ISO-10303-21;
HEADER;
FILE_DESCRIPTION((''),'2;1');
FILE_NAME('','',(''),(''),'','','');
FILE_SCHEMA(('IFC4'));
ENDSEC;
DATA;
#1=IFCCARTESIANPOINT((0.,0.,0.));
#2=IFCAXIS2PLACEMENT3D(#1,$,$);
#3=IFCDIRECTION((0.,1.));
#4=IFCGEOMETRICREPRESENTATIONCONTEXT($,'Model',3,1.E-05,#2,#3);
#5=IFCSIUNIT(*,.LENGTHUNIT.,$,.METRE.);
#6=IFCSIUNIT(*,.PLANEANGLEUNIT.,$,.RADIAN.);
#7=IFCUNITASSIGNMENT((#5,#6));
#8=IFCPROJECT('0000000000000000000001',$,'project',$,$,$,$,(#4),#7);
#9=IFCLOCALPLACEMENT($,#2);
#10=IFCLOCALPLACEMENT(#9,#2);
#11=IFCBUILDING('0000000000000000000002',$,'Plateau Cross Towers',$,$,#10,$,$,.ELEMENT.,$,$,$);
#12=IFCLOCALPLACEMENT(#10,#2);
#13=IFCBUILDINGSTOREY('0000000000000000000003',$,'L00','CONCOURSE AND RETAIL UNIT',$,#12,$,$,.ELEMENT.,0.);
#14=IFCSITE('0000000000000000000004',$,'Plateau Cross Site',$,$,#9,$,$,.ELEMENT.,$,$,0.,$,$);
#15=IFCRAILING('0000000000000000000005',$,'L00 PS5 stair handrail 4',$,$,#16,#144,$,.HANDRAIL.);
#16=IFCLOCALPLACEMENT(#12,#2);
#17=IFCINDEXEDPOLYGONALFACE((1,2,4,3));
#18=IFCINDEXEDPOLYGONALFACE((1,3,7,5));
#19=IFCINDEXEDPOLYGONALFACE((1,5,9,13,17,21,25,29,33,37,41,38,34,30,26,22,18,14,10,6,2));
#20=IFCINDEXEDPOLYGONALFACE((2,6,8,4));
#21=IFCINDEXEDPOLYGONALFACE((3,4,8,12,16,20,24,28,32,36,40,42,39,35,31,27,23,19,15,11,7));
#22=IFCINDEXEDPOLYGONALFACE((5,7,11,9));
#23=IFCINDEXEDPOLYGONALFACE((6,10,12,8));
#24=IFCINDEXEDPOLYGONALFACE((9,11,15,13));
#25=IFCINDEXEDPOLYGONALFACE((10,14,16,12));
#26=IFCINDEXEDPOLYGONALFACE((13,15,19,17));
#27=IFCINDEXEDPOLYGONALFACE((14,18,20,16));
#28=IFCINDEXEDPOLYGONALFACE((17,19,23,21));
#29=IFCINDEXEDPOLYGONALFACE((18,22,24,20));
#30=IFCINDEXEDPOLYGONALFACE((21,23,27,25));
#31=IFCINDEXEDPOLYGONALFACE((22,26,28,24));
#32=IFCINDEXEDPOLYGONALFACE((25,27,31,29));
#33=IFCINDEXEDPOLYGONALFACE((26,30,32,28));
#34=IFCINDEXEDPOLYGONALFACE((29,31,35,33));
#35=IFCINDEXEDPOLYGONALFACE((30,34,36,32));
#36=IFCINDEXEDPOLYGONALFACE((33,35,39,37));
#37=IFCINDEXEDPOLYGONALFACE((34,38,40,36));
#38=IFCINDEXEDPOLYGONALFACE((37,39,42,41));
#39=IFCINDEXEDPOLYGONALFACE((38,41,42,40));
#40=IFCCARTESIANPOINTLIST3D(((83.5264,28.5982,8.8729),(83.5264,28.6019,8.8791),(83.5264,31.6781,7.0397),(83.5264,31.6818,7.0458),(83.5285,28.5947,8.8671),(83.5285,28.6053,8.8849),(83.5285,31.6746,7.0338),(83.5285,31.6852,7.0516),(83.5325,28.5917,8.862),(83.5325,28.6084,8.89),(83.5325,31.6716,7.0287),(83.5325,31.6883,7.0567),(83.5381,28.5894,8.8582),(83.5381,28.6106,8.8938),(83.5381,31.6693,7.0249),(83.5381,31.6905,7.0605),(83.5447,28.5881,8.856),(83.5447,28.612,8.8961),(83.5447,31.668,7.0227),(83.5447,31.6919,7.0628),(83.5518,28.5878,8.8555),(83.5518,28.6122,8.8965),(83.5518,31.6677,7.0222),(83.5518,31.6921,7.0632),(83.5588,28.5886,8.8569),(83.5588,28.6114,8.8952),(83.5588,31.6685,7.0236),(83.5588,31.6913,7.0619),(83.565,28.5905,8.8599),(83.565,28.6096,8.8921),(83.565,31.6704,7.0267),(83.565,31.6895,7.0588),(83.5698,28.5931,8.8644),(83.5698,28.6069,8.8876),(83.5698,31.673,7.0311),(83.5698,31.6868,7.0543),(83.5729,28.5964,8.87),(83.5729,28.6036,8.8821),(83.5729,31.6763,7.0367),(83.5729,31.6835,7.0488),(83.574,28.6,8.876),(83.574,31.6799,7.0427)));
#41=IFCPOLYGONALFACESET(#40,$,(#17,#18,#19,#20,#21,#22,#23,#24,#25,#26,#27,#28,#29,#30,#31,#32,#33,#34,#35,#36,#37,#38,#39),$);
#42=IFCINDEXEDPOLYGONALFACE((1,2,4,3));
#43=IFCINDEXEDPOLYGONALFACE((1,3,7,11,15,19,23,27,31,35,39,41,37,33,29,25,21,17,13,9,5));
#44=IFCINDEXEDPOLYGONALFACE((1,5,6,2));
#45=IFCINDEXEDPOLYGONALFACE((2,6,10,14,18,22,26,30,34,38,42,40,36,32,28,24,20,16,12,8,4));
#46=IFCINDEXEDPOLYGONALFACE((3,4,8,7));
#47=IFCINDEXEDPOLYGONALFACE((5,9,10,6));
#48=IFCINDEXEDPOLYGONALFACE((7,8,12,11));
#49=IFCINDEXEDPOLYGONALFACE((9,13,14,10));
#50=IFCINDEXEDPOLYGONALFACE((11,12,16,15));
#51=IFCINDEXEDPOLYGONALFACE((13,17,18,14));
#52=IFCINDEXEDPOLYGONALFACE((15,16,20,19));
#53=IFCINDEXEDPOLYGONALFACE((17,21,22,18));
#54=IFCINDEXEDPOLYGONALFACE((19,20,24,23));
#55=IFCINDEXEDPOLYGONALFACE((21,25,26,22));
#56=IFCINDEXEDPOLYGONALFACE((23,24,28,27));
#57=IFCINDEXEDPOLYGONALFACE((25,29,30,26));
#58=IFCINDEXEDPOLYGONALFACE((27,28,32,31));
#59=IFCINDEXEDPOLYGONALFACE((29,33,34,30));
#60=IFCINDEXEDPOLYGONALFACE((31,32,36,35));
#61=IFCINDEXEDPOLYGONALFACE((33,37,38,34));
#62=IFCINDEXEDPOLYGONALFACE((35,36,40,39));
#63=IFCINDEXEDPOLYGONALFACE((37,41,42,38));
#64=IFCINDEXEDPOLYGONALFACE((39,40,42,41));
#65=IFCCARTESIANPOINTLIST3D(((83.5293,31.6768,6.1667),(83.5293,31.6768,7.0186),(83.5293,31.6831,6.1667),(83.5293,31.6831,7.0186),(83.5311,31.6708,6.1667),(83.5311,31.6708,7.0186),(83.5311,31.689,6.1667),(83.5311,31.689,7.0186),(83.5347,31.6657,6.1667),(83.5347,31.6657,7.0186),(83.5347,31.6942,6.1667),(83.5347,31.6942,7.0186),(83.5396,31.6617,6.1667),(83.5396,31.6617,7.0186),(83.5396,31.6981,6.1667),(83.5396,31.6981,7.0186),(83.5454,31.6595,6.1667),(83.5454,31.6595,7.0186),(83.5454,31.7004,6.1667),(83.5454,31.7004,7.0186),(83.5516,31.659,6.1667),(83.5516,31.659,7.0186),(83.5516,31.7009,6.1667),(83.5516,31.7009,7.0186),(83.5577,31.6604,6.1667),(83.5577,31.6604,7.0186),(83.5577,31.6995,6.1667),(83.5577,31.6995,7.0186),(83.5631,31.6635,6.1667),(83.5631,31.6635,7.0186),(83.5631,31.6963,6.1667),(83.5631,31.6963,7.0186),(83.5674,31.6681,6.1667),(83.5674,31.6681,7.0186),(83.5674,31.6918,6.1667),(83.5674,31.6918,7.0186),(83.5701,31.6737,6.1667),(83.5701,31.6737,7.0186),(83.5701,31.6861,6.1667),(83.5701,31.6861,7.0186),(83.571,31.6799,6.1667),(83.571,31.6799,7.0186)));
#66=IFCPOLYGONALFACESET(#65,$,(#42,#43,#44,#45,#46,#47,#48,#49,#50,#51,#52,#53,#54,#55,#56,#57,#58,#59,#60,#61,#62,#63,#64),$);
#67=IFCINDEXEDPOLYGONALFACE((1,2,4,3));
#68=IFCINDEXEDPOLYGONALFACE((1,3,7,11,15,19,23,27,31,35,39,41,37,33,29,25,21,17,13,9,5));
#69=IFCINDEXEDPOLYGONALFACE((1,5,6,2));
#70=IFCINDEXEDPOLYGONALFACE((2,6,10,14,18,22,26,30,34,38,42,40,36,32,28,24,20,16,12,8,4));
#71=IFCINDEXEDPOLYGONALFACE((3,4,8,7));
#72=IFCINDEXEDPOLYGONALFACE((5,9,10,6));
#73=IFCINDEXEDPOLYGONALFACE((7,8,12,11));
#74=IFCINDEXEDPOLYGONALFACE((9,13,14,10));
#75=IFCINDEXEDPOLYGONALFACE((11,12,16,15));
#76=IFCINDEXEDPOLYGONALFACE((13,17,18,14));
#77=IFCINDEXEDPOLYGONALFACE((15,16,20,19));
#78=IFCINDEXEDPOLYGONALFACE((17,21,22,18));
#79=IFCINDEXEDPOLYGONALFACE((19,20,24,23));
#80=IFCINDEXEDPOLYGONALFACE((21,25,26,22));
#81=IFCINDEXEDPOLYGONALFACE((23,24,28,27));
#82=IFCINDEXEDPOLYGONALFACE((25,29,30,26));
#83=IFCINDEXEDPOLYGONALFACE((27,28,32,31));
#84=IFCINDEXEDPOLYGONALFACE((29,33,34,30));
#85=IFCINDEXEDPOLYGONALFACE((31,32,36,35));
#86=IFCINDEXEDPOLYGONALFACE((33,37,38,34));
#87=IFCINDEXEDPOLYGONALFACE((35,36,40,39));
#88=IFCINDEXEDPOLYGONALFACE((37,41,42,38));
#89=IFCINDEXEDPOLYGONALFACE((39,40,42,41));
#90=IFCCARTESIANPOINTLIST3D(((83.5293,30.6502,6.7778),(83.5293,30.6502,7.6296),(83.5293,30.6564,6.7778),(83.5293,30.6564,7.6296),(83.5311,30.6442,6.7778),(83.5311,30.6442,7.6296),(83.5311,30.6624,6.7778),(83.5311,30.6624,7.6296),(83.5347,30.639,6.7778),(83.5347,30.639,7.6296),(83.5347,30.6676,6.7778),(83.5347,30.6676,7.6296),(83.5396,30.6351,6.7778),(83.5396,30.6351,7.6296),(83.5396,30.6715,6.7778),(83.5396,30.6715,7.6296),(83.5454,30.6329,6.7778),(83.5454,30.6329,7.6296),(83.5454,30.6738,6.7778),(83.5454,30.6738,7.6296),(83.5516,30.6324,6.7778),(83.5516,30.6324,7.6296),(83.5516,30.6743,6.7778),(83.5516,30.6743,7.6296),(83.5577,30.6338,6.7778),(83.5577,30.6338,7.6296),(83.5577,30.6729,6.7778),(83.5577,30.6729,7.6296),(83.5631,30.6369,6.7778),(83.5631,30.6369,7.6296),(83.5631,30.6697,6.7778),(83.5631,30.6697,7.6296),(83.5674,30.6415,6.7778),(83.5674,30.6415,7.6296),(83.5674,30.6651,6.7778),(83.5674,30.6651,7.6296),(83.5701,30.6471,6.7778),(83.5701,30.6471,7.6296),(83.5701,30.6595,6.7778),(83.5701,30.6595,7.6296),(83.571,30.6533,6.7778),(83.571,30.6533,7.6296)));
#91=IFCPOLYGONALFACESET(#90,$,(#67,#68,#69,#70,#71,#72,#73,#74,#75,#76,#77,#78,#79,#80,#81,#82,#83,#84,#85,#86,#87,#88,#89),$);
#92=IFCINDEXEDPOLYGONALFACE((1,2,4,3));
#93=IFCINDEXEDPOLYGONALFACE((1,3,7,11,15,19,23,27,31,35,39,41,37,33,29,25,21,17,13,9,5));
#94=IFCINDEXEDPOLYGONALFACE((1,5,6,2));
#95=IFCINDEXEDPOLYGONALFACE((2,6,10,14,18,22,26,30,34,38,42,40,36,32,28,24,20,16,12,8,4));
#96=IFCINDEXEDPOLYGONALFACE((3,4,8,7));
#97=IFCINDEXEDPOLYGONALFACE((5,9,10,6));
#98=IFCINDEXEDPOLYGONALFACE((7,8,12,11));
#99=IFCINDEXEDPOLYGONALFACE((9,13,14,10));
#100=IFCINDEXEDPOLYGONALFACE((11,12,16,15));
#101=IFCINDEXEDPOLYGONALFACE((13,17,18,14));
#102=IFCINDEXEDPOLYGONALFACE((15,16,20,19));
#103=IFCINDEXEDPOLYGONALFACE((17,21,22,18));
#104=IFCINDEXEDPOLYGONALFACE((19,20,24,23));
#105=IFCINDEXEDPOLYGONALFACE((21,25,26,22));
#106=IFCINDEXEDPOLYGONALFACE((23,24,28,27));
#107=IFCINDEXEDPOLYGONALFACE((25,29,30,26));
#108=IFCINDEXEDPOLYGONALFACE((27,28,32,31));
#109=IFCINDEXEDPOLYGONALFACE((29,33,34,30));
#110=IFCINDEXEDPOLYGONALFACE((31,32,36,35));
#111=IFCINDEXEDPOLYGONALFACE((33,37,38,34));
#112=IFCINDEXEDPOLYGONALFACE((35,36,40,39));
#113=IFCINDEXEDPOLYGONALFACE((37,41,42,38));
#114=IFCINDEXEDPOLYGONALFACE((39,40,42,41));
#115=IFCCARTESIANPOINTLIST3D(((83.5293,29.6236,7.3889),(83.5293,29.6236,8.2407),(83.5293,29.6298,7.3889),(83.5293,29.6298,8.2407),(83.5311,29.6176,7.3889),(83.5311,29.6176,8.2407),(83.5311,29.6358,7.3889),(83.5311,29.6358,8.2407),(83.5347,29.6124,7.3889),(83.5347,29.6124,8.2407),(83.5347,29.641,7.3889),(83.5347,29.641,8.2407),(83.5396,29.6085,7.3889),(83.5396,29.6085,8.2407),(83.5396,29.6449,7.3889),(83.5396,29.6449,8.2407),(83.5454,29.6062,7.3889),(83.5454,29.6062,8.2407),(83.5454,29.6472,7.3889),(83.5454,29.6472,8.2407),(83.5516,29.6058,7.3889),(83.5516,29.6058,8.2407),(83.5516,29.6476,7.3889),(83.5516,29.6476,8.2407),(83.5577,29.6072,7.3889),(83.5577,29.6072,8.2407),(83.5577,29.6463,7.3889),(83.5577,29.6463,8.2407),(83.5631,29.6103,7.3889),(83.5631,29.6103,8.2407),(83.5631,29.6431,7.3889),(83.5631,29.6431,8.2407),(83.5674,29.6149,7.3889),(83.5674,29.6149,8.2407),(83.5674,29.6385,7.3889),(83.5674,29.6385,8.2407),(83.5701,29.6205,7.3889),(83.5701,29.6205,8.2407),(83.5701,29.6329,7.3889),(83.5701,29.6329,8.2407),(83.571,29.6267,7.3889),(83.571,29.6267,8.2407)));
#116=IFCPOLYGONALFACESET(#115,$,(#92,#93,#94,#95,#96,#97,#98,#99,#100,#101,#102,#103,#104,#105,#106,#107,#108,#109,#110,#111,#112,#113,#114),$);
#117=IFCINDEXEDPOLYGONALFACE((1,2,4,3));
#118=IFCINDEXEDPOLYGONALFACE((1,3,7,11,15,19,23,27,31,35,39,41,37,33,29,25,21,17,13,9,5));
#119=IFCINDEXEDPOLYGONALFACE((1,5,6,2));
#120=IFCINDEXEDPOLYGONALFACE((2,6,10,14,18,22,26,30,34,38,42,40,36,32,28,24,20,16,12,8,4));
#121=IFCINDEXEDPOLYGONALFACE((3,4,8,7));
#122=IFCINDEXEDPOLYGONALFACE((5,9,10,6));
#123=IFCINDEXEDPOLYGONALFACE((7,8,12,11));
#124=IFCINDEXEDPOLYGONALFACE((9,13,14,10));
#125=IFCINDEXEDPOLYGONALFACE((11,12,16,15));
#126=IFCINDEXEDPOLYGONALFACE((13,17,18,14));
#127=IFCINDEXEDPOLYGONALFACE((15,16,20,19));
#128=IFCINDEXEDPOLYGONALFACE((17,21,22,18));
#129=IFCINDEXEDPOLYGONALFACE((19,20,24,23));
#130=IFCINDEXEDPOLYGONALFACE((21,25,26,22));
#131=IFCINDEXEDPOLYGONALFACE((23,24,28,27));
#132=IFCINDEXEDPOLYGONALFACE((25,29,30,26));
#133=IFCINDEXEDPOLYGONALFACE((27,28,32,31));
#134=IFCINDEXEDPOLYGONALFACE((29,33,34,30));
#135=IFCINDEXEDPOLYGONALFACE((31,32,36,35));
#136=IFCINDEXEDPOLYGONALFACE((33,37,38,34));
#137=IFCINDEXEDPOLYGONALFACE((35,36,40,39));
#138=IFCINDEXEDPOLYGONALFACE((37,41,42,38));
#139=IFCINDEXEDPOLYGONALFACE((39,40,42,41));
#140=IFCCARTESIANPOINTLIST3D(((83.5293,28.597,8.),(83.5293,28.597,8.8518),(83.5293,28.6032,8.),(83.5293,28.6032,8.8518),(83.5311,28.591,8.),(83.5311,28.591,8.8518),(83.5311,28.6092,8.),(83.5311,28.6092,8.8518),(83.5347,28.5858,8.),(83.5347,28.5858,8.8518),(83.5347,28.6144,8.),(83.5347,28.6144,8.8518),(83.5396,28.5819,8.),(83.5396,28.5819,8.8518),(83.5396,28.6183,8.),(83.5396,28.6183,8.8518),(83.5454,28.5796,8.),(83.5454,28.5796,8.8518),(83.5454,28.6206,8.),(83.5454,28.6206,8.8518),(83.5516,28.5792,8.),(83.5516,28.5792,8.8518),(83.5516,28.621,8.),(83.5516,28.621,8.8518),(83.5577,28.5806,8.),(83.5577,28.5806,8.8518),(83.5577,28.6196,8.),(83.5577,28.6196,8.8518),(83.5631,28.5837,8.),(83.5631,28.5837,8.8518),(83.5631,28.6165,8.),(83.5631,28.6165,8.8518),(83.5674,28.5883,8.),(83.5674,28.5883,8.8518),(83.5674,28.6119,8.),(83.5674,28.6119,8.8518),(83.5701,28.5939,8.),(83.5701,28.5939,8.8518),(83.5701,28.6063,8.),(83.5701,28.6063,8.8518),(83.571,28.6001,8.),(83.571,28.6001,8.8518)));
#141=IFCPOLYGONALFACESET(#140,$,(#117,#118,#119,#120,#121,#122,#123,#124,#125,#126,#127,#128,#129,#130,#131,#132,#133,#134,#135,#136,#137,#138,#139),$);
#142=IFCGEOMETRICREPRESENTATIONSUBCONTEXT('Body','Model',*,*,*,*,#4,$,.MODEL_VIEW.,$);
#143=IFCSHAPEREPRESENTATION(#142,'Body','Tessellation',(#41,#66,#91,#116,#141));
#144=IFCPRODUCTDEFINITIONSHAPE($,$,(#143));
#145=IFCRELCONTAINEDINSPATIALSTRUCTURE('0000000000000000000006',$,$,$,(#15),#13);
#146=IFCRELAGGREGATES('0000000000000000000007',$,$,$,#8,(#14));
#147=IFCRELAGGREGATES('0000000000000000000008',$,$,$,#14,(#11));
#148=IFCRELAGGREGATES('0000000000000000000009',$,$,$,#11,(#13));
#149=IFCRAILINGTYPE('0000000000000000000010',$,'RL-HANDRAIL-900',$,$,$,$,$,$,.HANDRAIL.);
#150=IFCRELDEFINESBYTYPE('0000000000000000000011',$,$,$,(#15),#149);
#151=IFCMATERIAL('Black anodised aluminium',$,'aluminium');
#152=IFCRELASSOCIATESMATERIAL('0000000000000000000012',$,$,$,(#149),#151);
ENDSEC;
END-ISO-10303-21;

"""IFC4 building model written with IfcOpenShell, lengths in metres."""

from ifc_helpers import new_model, si_unit, direction, frame, origin, origin_2d, place, context, subcontext, project, spatial, circle, extrude, material, type_object, element, save


model = new_model("IFC4")

# Units and contexts
model_context = context("Model", 3, precision=1e-05, world=origin(), true_north=direction((0.0, 1.0)))
body_context = subcontext(model_context, "Body", "Model", "MODEL_VIEW")
ifc_project = project(units=[si_unit("LENGTHUNIT", "METRE"), si_unit("PLANEANGLEUNIT", "RADIAN")], contexts=[model_context])

# Site, building, storey
site_placement = place(None, origin())
site = spatial("IfcSite", under=ifc_project, at=site_placement, Name="Plateau Cross Site", CompositionType="ELEMENT", RefElevation=0.0)
building_placement = place(site_placement, origin())
building = spatial("IfcBuilding", under=site, at=building_placement, Name="Plateau Cross Towers", CompositionType="ELEMENT")
storey_placement = place(building_placement, origin())
storey = spatial("IfcBuildingStorey", under=building, at=storey_placement, Name="L00", Description="CONCOURSE AND RETAIL UNIT", CompositionType="ELEMENT", Elevation=0.0)

# Railing
ifc_material_1 = material(Name="Black anodised aluminium", Category="aluminium")
railing_type_1 = type_object("IfcRailingType", Name="RL-HANDRAIL-900", PredefinedType="HANDRAIL", material=ifc_material_1)
for number, where, name in (
    (1, (83.55, 31.6799, 6.1667), "L00 PS5 stair handrail 4"),
):
    element("IfcRailing", number, at=place(storey_placement, frame(where)), inside=storey, type_object=railing_type_1, Name=name, PredefinedType="HANDRAIL", context=body_context, shape_type="SweptSolid", body=[
        extrude(circle(Radius=0.0239, at=origin_2d()), frame((0.0, 0.0, 0.876), z_axis=(0.0, -0.859291, 0.511487), x_axis=(1.0, 0.0, 0.0)), (0.0, 0.0, 1.0), 3.5842),
        extrude(circle(Radius=0.021, at=origin_2d()), origin(), (0.0, 0.0, 1.0), 0.8518),
        extrude(circle(Radius=0.021, at=origin_2d()), frame((0.0, -1.0266, 0.6111)), (0.0, 0.0, 1.0), 0.8518),
        extrude(circle(Radius=0.021, at=origin_2d()), frame((0.0, -2.0532, 1.2222)), (0.0, 0.0, 1.0), 0.8518),
        extrude(circle(Radius=0.021, at=origin_2d()), frame((0.0, -3.0798, 1.8333)), (0.0, 0.0, 1.0), 0.8518),
    ])

save(model, "model.ifc")
